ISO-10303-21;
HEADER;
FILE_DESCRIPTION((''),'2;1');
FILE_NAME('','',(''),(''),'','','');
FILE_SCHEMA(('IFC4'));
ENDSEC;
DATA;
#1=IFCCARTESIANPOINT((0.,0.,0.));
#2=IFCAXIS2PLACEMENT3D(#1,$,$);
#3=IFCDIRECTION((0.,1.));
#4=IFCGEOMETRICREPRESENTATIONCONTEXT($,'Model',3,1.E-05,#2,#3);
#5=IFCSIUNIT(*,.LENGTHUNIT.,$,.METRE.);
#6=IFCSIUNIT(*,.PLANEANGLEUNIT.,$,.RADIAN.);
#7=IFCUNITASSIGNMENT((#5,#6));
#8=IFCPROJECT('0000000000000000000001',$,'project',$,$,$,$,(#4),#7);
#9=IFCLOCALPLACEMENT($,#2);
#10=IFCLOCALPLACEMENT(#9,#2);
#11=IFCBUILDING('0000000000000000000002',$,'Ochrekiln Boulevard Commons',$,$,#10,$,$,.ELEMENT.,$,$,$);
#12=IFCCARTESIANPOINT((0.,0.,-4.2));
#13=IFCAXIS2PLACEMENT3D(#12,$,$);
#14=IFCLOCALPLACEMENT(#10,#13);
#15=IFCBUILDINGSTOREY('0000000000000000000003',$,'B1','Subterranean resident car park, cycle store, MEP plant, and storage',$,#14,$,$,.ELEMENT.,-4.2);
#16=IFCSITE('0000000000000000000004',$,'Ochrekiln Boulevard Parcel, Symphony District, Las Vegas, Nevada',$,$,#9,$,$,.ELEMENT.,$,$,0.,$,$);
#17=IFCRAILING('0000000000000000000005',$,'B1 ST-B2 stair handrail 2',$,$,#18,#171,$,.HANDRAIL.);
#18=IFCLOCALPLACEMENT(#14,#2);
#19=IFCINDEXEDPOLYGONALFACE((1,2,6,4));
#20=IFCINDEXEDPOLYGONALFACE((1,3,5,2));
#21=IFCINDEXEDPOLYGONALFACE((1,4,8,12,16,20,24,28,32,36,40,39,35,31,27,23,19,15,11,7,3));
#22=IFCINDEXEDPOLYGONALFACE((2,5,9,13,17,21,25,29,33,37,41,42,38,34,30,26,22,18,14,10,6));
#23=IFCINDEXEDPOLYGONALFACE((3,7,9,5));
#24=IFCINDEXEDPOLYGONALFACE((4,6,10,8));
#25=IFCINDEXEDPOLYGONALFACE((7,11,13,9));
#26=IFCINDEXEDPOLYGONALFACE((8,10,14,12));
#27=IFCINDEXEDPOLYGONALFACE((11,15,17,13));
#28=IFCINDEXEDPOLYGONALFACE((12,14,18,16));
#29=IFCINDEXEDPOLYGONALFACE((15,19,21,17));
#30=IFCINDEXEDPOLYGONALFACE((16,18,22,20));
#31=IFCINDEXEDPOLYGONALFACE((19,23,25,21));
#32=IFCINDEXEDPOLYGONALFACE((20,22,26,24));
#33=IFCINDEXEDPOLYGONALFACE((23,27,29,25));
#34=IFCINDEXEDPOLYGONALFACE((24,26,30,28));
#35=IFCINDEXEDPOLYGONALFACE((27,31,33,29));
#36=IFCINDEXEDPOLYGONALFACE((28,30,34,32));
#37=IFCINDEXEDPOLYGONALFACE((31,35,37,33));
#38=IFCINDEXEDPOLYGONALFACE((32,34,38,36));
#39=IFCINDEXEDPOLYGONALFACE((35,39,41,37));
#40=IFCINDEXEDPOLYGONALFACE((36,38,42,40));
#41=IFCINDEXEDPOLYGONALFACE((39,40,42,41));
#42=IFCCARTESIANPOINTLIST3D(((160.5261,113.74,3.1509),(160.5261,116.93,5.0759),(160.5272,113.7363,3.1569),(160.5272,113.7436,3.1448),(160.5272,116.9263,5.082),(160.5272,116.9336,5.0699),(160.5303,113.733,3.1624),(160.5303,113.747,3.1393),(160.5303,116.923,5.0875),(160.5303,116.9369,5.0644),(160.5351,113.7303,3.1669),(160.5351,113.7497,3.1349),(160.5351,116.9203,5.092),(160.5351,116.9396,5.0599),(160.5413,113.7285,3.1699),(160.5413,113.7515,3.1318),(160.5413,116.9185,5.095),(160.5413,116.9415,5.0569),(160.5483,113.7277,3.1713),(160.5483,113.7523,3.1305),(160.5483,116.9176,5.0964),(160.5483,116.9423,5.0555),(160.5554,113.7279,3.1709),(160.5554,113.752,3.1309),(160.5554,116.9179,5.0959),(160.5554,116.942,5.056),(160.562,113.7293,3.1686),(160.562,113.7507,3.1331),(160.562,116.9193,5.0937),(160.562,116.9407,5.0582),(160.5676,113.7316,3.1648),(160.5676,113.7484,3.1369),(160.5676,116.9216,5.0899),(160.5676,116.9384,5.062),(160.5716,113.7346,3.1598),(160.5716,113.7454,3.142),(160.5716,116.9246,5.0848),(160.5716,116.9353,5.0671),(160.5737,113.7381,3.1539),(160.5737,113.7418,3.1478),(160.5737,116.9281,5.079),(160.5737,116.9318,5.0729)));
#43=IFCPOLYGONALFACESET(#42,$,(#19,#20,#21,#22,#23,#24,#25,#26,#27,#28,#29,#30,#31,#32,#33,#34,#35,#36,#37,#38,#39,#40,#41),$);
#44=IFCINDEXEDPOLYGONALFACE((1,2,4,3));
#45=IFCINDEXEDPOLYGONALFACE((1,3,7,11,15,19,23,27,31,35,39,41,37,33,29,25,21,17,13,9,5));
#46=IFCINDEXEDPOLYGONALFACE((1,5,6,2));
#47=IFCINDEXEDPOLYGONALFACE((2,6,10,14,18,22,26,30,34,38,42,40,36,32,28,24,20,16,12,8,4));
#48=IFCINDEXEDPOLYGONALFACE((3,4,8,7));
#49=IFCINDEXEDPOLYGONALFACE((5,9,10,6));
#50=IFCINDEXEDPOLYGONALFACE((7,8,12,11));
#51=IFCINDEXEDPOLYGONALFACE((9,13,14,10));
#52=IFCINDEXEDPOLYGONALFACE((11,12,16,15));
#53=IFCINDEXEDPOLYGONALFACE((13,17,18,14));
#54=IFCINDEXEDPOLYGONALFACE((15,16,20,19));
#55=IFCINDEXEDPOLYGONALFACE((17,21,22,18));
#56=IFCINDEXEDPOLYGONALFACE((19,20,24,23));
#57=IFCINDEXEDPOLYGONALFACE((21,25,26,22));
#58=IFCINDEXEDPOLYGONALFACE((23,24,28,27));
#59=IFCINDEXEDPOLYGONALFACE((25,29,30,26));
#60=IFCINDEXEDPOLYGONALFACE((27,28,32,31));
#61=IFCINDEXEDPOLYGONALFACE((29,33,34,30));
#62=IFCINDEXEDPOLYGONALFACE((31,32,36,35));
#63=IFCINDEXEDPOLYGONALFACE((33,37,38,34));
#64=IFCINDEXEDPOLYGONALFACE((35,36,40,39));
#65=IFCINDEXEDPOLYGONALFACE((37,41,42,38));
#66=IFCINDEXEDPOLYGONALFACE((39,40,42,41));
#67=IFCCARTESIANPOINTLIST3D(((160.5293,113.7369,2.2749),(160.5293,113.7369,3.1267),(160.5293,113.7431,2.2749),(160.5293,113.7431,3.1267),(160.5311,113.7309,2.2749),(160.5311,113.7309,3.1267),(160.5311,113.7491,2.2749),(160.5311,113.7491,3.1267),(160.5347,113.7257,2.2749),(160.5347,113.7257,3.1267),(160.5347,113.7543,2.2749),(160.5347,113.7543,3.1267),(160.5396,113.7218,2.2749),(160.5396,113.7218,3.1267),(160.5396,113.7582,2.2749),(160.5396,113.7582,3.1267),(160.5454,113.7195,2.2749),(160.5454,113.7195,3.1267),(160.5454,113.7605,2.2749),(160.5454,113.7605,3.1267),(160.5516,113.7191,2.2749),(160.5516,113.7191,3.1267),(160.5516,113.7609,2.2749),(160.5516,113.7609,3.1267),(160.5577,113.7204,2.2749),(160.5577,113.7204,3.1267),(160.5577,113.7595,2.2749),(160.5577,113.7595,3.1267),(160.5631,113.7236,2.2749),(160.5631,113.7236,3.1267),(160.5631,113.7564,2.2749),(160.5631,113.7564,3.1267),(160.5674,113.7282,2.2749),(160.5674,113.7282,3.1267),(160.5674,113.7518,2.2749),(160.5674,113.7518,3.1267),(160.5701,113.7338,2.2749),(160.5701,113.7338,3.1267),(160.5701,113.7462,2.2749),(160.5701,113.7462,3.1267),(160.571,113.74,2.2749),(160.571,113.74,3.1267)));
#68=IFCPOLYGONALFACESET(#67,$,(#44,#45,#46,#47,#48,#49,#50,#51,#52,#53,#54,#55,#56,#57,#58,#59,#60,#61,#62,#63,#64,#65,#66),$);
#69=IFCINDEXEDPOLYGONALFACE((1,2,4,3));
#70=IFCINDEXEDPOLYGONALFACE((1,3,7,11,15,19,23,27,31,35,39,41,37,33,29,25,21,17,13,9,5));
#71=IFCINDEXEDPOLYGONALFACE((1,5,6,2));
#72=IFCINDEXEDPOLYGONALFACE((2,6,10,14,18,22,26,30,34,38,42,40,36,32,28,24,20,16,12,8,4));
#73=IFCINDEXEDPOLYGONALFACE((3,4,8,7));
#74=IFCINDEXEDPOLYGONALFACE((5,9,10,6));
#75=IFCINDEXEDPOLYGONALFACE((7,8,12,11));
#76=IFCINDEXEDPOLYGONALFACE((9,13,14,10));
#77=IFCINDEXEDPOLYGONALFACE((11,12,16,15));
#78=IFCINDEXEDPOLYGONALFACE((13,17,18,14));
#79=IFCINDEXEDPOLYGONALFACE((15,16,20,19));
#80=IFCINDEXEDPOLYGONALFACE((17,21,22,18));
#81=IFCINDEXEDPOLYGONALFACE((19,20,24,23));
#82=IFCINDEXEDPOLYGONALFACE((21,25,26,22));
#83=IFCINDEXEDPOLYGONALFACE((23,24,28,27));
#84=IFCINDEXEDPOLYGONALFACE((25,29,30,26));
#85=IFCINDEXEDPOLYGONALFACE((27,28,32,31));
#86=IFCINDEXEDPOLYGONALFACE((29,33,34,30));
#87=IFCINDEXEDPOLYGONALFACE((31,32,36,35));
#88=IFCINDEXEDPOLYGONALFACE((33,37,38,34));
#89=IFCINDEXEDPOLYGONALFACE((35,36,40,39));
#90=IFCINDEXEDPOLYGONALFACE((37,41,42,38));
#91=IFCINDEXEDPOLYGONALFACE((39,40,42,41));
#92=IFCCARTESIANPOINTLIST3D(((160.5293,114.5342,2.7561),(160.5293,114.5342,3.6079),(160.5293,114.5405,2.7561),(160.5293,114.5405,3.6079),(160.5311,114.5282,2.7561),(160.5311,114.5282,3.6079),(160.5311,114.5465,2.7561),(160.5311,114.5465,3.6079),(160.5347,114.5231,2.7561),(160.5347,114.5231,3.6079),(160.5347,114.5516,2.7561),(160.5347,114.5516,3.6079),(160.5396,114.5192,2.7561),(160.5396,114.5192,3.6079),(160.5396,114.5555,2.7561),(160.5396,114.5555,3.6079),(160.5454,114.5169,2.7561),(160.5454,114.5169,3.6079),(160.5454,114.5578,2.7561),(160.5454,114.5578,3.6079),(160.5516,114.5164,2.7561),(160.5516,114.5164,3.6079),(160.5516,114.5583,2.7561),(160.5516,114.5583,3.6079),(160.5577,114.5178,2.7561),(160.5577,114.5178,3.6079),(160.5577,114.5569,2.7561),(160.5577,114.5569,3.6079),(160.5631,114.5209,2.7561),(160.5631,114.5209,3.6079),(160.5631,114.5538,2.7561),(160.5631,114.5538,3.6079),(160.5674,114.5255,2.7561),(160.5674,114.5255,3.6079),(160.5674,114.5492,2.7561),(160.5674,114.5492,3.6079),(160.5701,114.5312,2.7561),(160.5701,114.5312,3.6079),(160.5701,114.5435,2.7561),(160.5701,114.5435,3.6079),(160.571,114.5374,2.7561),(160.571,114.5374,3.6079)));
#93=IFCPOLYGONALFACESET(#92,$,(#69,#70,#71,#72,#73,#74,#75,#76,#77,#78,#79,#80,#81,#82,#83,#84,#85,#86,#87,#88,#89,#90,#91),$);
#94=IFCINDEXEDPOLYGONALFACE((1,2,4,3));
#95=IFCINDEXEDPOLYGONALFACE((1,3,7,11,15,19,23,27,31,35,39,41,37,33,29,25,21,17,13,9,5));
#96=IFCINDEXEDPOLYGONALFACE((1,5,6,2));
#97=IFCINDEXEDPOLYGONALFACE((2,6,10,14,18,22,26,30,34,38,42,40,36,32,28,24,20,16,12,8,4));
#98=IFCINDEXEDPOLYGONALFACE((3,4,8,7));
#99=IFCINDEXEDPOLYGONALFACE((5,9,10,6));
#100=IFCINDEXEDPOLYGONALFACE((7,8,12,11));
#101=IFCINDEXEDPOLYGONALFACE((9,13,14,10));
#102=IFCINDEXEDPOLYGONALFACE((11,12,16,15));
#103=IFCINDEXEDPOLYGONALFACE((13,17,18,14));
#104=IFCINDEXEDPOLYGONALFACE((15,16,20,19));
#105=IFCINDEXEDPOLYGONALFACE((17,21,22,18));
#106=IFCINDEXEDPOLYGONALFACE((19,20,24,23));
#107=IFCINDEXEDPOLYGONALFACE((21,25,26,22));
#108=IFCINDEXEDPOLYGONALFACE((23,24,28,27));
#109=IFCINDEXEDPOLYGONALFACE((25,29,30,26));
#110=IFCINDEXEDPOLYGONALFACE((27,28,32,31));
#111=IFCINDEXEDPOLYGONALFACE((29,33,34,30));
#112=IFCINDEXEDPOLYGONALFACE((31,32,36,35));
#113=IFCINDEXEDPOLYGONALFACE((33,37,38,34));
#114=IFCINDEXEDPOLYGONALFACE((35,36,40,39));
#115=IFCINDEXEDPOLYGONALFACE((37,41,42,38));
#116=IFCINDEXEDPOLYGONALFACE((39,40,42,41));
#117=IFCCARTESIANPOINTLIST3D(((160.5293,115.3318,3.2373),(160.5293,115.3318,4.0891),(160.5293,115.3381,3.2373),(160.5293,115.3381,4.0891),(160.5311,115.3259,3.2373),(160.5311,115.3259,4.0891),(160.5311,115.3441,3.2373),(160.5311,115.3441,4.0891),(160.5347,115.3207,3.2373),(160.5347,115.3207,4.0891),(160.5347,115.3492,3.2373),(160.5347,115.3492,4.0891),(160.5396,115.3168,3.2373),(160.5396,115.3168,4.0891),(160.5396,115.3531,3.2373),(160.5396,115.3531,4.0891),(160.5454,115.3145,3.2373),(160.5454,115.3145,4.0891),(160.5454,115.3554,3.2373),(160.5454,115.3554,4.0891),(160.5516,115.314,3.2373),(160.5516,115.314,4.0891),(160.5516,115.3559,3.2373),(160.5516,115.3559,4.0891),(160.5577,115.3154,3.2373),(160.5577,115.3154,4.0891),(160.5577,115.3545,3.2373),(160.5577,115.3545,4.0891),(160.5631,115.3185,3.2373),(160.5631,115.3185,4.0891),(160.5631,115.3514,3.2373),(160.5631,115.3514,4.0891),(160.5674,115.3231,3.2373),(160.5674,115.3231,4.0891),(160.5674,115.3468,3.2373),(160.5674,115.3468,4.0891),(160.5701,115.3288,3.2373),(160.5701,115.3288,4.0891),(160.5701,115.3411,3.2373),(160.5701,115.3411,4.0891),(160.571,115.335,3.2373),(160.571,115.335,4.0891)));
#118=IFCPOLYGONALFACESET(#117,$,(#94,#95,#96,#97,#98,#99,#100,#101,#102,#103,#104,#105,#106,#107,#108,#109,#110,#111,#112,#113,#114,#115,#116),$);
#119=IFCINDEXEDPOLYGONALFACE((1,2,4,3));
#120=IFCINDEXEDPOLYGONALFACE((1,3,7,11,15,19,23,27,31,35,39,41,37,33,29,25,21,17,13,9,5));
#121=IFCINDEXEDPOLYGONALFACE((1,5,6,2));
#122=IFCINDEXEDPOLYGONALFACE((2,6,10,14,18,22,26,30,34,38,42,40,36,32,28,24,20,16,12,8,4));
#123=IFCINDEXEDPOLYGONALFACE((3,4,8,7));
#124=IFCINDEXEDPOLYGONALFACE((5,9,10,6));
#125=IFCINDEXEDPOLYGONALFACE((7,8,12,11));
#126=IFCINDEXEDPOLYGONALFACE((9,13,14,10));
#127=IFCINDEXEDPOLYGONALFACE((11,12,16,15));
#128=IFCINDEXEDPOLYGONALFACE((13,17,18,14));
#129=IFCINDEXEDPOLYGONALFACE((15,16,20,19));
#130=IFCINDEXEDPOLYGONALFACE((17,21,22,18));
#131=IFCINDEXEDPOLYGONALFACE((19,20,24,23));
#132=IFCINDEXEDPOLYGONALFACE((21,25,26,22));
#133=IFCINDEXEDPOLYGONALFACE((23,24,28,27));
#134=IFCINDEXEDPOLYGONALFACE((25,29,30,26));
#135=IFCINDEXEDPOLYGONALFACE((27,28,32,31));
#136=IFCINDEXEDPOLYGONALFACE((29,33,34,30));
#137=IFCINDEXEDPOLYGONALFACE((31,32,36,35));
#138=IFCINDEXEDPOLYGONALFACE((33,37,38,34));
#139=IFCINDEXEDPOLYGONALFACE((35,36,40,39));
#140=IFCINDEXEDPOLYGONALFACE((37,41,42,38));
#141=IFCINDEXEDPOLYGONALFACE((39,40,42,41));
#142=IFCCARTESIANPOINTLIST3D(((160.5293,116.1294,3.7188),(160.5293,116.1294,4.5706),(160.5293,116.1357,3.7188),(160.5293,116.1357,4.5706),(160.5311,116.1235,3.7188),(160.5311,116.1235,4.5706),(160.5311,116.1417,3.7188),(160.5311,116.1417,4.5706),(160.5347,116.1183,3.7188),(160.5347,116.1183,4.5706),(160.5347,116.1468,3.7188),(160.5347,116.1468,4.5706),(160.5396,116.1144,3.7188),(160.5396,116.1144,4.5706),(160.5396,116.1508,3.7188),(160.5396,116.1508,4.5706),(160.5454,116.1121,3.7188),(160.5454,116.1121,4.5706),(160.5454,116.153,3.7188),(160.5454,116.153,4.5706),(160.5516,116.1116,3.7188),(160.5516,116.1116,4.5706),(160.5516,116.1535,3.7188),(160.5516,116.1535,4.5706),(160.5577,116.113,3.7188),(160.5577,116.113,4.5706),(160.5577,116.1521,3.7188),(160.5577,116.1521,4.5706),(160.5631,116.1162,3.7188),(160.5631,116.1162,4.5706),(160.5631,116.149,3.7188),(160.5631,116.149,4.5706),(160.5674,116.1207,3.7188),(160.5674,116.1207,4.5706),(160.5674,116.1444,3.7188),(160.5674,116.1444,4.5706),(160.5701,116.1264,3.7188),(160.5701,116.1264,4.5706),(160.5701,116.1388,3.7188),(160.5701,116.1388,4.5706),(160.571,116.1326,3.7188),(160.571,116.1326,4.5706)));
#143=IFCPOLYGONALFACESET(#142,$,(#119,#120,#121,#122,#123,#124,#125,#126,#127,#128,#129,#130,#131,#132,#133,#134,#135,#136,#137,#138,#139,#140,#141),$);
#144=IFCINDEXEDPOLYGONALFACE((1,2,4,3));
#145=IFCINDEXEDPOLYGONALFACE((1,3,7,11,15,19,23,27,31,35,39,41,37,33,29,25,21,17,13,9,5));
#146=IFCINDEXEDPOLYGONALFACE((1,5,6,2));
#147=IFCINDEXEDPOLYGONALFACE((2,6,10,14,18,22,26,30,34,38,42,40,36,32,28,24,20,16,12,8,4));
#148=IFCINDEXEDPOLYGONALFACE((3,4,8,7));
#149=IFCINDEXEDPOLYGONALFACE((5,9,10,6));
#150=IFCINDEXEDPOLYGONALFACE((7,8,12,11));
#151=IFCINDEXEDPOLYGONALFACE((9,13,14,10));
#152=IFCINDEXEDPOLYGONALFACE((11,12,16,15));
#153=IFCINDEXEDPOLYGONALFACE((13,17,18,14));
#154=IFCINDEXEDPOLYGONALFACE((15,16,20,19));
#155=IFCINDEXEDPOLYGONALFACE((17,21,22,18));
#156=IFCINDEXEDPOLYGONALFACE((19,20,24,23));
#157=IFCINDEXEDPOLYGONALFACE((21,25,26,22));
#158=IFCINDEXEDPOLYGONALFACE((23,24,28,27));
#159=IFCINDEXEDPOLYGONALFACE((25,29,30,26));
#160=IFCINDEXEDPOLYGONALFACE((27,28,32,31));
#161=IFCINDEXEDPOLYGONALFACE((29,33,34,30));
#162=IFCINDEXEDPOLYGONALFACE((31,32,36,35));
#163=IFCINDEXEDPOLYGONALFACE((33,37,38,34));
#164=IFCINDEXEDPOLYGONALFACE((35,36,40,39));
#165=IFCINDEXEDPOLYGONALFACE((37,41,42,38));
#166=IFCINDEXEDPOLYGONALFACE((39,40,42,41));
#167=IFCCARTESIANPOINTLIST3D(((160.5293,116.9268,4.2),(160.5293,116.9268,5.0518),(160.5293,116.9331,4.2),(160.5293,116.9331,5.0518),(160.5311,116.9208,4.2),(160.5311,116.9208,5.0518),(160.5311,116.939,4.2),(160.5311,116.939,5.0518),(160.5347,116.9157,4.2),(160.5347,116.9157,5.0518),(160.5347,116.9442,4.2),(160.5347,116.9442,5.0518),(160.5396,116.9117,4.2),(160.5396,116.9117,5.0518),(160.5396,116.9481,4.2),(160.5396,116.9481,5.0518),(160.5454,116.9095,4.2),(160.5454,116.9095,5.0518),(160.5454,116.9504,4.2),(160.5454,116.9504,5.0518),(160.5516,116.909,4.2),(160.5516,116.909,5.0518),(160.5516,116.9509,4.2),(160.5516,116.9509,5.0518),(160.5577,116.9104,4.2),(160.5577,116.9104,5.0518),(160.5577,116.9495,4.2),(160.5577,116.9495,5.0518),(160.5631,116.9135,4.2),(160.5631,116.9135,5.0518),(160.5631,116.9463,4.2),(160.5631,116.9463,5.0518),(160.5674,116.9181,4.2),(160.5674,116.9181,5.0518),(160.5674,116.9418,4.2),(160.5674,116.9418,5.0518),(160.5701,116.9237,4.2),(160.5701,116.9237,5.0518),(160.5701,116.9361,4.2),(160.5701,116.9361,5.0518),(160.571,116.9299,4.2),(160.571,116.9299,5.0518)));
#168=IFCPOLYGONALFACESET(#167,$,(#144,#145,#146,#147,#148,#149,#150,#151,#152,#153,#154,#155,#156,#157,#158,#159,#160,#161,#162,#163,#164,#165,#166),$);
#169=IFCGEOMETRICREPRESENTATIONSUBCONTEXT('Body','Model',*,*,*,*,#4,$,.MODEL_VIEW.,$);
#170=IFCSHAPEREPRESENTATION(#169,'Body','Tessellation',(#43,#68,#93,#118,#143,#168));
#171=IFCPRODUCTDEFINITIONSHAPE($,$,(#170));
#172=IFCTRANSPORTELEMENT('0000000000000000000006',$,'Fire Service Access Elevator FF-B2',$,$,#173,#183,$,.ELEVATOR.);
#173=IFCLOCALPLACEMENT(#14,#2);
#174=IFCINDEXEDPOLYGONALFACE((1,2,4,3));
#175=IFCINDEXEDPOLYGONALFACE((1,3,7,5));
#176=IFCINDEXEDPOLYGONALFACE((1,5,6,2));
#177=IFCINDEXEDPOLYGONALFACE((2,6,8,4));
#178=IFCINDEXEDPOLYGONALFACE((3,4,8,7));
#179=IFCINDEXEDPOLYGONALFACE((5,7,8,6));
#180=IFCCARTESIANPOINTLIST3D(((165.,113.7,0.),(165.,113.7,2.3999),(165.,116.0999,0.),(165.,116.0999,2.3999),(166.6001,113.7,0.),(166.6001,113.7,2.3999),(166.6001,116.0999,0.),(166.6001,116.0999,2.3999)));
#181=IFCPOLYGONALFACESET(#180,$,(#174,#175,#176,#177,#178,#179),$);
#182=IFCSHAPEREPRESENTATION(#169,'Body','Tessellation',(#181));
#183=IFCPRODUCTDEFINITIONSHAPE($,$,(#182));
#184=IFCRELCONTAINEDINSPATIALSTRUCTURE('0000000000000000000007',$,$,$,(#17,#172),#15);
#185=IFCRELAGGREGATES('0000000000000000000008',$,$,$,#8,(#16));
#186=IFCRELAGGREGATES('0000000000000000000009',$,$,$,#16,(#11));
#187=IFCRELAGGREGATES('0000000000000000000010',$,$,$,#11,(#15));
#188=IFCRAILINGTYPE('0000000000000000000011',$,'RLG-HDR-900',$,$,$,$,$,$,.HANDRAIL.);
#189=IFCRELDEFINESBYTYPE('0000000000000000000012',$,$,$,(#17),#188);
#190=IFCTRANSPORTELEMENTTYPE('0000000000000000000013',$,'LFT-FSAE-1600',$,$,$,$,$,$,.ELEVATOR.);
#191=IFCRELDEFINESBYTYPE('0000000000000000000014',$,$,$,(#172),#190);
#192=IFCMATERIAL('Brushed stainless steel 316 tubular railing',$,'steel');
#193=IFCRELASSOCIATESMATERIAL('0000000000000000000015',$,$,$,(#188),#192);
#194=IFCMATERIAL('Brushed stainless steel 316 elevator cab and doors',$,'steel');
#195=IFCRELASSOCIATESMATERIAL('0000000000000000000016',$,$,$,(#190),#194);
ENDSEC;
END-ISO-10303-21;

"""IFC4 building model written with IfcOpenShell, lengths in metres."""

from ifc_helpers import new_model, si_unit, direction, frame, origin, origin_2d, place, context, subcontext, project, spatial, rectangle, circle, extrude, material, type_object, element, save


model = new_model("IFC4")

# Units and contexts
model_context = context("Model", 3, precision=1e-05, world=origin(), true_north=direction((0.0, 1.0)))
body_context = subcontext(model_context, "Body", "Model", "MODEL_VIEW")
ifc_project = project(units=[si_unit("LENGTHUNIT", "METRE"), si_unit("PLANEANGLEUNIT", "RADIAN")], contexts=[model_context])

# Site, building, storey
site_placement = place(None, origin())
site = spatial("IfcSite", under=ifc_project, at=site_placement, Name="Ochrekiln Boulevard Parcel, Symphony District, Las Vegas, Nevada", CompositionType="ELEMENT", RefElevation=0.0)
building_placement = place(site_placement, origin())
building = spatial("IfcBuilding", under=site, at=building_placement, Name="Ochrekiln Boulevard Commons", CompositionType="ELEMENT")
storey_placement = place(building_placement, frame((0.0, 0.0, -4.2)))
storey = spatial("IfcBuildingStorey", under=building, at=storey_placement, Name="B1", Description="Subterranean resident car park, cycle store, MEP plant, and storage", CompositionType="ELEMENT", Elevation=-4.2)

# Shared definitions
ifc_material_1 = material(Name="Brushed stainless steel 316 elevator cab and doors", Category="steel")

# Railing
ifc_material_2 = material(Name="Brushed stainless steel 316 tubular railing", Category="steel")
railing_type = type_object("IfcRailingType", Name="RLG-HDR-900", PredefinedType="HANDRAIL", material=ifc_material_2)
railing_placement = place(storey_placement, frame((160.55, 113.74, 2.2749)))
element("IfcRailing", 1, at=railing_placement, inside=storey, type_object=railing_type, Name="B1 ST-B2 stair handrail 2", PredefinedType="HANDRAIL", context=body_context, shape_type="SweptSolid", body=[
    extrude(circle(Radius=0.0239, at=origin_2d()), frame((0.0, 0.0, 0.876), z_axis=(0.0, 0.856178, 0.516682), x_axis=(-1.0, 0.0, 0.0)), (0.0, 0.0, 1.0), 3.7258),
    extrude(circle(Radius=0.021, at=origin_2d()), origin(), (0.0, 0.0, 1.0), 0.8518),
    extrude(circle(Radius=0.021, at=origin_2d()), frame((0.0, 0.7974, 0.4812)), (0.0, 0.0, 1.0), 0.8518),
    extrude(circle(Radius=0.021, at=origin_2d()), frame((0.0, 1.595, 0.9624)), (0.0, 0.0, 1.0), 0.8518),
    extrude(circle(Radius=0.021, at=origin_2d()), frame((0.0, 2.3926, 1.4438)), (0.0, 0.0, 1.0), 0.8518),
    extrude(circle(Radius=0.021, at=origin_2d()), frame((0.0, 3.1899, 1.925)), (0.0, 0.0, 1.0), 0.8518),
])

# Transport element
transport_element_type = type_object("IfcTransportElementType", Name="LFT-FSAE-1600", PredefinedType="ELEVATOR", material=ifc_material_1)
transport_element_placement = place(storey_placement, frame((165.8, 114.8999, 0.0), z_axis=(0.0, 0.0, 1.0), x_axis=(1.0, 0.0, 0.0)))
element("IfcTransportElement", 2, at=transport_element_placement, inside=storey, type_object=transport_element_type, Name="Fire Service Access Elevator FF-B2", PredefinedType="ELEVATOR", context=body_context, shape_type="SweptSolid", body=[
    extrude(rectangle(XDim=1.6001, YDim=2.3999, at=origin_2d()), origin(), (0.0, 0.0, 1.0), 2.3999),
])

save(model, "model.ifc")
